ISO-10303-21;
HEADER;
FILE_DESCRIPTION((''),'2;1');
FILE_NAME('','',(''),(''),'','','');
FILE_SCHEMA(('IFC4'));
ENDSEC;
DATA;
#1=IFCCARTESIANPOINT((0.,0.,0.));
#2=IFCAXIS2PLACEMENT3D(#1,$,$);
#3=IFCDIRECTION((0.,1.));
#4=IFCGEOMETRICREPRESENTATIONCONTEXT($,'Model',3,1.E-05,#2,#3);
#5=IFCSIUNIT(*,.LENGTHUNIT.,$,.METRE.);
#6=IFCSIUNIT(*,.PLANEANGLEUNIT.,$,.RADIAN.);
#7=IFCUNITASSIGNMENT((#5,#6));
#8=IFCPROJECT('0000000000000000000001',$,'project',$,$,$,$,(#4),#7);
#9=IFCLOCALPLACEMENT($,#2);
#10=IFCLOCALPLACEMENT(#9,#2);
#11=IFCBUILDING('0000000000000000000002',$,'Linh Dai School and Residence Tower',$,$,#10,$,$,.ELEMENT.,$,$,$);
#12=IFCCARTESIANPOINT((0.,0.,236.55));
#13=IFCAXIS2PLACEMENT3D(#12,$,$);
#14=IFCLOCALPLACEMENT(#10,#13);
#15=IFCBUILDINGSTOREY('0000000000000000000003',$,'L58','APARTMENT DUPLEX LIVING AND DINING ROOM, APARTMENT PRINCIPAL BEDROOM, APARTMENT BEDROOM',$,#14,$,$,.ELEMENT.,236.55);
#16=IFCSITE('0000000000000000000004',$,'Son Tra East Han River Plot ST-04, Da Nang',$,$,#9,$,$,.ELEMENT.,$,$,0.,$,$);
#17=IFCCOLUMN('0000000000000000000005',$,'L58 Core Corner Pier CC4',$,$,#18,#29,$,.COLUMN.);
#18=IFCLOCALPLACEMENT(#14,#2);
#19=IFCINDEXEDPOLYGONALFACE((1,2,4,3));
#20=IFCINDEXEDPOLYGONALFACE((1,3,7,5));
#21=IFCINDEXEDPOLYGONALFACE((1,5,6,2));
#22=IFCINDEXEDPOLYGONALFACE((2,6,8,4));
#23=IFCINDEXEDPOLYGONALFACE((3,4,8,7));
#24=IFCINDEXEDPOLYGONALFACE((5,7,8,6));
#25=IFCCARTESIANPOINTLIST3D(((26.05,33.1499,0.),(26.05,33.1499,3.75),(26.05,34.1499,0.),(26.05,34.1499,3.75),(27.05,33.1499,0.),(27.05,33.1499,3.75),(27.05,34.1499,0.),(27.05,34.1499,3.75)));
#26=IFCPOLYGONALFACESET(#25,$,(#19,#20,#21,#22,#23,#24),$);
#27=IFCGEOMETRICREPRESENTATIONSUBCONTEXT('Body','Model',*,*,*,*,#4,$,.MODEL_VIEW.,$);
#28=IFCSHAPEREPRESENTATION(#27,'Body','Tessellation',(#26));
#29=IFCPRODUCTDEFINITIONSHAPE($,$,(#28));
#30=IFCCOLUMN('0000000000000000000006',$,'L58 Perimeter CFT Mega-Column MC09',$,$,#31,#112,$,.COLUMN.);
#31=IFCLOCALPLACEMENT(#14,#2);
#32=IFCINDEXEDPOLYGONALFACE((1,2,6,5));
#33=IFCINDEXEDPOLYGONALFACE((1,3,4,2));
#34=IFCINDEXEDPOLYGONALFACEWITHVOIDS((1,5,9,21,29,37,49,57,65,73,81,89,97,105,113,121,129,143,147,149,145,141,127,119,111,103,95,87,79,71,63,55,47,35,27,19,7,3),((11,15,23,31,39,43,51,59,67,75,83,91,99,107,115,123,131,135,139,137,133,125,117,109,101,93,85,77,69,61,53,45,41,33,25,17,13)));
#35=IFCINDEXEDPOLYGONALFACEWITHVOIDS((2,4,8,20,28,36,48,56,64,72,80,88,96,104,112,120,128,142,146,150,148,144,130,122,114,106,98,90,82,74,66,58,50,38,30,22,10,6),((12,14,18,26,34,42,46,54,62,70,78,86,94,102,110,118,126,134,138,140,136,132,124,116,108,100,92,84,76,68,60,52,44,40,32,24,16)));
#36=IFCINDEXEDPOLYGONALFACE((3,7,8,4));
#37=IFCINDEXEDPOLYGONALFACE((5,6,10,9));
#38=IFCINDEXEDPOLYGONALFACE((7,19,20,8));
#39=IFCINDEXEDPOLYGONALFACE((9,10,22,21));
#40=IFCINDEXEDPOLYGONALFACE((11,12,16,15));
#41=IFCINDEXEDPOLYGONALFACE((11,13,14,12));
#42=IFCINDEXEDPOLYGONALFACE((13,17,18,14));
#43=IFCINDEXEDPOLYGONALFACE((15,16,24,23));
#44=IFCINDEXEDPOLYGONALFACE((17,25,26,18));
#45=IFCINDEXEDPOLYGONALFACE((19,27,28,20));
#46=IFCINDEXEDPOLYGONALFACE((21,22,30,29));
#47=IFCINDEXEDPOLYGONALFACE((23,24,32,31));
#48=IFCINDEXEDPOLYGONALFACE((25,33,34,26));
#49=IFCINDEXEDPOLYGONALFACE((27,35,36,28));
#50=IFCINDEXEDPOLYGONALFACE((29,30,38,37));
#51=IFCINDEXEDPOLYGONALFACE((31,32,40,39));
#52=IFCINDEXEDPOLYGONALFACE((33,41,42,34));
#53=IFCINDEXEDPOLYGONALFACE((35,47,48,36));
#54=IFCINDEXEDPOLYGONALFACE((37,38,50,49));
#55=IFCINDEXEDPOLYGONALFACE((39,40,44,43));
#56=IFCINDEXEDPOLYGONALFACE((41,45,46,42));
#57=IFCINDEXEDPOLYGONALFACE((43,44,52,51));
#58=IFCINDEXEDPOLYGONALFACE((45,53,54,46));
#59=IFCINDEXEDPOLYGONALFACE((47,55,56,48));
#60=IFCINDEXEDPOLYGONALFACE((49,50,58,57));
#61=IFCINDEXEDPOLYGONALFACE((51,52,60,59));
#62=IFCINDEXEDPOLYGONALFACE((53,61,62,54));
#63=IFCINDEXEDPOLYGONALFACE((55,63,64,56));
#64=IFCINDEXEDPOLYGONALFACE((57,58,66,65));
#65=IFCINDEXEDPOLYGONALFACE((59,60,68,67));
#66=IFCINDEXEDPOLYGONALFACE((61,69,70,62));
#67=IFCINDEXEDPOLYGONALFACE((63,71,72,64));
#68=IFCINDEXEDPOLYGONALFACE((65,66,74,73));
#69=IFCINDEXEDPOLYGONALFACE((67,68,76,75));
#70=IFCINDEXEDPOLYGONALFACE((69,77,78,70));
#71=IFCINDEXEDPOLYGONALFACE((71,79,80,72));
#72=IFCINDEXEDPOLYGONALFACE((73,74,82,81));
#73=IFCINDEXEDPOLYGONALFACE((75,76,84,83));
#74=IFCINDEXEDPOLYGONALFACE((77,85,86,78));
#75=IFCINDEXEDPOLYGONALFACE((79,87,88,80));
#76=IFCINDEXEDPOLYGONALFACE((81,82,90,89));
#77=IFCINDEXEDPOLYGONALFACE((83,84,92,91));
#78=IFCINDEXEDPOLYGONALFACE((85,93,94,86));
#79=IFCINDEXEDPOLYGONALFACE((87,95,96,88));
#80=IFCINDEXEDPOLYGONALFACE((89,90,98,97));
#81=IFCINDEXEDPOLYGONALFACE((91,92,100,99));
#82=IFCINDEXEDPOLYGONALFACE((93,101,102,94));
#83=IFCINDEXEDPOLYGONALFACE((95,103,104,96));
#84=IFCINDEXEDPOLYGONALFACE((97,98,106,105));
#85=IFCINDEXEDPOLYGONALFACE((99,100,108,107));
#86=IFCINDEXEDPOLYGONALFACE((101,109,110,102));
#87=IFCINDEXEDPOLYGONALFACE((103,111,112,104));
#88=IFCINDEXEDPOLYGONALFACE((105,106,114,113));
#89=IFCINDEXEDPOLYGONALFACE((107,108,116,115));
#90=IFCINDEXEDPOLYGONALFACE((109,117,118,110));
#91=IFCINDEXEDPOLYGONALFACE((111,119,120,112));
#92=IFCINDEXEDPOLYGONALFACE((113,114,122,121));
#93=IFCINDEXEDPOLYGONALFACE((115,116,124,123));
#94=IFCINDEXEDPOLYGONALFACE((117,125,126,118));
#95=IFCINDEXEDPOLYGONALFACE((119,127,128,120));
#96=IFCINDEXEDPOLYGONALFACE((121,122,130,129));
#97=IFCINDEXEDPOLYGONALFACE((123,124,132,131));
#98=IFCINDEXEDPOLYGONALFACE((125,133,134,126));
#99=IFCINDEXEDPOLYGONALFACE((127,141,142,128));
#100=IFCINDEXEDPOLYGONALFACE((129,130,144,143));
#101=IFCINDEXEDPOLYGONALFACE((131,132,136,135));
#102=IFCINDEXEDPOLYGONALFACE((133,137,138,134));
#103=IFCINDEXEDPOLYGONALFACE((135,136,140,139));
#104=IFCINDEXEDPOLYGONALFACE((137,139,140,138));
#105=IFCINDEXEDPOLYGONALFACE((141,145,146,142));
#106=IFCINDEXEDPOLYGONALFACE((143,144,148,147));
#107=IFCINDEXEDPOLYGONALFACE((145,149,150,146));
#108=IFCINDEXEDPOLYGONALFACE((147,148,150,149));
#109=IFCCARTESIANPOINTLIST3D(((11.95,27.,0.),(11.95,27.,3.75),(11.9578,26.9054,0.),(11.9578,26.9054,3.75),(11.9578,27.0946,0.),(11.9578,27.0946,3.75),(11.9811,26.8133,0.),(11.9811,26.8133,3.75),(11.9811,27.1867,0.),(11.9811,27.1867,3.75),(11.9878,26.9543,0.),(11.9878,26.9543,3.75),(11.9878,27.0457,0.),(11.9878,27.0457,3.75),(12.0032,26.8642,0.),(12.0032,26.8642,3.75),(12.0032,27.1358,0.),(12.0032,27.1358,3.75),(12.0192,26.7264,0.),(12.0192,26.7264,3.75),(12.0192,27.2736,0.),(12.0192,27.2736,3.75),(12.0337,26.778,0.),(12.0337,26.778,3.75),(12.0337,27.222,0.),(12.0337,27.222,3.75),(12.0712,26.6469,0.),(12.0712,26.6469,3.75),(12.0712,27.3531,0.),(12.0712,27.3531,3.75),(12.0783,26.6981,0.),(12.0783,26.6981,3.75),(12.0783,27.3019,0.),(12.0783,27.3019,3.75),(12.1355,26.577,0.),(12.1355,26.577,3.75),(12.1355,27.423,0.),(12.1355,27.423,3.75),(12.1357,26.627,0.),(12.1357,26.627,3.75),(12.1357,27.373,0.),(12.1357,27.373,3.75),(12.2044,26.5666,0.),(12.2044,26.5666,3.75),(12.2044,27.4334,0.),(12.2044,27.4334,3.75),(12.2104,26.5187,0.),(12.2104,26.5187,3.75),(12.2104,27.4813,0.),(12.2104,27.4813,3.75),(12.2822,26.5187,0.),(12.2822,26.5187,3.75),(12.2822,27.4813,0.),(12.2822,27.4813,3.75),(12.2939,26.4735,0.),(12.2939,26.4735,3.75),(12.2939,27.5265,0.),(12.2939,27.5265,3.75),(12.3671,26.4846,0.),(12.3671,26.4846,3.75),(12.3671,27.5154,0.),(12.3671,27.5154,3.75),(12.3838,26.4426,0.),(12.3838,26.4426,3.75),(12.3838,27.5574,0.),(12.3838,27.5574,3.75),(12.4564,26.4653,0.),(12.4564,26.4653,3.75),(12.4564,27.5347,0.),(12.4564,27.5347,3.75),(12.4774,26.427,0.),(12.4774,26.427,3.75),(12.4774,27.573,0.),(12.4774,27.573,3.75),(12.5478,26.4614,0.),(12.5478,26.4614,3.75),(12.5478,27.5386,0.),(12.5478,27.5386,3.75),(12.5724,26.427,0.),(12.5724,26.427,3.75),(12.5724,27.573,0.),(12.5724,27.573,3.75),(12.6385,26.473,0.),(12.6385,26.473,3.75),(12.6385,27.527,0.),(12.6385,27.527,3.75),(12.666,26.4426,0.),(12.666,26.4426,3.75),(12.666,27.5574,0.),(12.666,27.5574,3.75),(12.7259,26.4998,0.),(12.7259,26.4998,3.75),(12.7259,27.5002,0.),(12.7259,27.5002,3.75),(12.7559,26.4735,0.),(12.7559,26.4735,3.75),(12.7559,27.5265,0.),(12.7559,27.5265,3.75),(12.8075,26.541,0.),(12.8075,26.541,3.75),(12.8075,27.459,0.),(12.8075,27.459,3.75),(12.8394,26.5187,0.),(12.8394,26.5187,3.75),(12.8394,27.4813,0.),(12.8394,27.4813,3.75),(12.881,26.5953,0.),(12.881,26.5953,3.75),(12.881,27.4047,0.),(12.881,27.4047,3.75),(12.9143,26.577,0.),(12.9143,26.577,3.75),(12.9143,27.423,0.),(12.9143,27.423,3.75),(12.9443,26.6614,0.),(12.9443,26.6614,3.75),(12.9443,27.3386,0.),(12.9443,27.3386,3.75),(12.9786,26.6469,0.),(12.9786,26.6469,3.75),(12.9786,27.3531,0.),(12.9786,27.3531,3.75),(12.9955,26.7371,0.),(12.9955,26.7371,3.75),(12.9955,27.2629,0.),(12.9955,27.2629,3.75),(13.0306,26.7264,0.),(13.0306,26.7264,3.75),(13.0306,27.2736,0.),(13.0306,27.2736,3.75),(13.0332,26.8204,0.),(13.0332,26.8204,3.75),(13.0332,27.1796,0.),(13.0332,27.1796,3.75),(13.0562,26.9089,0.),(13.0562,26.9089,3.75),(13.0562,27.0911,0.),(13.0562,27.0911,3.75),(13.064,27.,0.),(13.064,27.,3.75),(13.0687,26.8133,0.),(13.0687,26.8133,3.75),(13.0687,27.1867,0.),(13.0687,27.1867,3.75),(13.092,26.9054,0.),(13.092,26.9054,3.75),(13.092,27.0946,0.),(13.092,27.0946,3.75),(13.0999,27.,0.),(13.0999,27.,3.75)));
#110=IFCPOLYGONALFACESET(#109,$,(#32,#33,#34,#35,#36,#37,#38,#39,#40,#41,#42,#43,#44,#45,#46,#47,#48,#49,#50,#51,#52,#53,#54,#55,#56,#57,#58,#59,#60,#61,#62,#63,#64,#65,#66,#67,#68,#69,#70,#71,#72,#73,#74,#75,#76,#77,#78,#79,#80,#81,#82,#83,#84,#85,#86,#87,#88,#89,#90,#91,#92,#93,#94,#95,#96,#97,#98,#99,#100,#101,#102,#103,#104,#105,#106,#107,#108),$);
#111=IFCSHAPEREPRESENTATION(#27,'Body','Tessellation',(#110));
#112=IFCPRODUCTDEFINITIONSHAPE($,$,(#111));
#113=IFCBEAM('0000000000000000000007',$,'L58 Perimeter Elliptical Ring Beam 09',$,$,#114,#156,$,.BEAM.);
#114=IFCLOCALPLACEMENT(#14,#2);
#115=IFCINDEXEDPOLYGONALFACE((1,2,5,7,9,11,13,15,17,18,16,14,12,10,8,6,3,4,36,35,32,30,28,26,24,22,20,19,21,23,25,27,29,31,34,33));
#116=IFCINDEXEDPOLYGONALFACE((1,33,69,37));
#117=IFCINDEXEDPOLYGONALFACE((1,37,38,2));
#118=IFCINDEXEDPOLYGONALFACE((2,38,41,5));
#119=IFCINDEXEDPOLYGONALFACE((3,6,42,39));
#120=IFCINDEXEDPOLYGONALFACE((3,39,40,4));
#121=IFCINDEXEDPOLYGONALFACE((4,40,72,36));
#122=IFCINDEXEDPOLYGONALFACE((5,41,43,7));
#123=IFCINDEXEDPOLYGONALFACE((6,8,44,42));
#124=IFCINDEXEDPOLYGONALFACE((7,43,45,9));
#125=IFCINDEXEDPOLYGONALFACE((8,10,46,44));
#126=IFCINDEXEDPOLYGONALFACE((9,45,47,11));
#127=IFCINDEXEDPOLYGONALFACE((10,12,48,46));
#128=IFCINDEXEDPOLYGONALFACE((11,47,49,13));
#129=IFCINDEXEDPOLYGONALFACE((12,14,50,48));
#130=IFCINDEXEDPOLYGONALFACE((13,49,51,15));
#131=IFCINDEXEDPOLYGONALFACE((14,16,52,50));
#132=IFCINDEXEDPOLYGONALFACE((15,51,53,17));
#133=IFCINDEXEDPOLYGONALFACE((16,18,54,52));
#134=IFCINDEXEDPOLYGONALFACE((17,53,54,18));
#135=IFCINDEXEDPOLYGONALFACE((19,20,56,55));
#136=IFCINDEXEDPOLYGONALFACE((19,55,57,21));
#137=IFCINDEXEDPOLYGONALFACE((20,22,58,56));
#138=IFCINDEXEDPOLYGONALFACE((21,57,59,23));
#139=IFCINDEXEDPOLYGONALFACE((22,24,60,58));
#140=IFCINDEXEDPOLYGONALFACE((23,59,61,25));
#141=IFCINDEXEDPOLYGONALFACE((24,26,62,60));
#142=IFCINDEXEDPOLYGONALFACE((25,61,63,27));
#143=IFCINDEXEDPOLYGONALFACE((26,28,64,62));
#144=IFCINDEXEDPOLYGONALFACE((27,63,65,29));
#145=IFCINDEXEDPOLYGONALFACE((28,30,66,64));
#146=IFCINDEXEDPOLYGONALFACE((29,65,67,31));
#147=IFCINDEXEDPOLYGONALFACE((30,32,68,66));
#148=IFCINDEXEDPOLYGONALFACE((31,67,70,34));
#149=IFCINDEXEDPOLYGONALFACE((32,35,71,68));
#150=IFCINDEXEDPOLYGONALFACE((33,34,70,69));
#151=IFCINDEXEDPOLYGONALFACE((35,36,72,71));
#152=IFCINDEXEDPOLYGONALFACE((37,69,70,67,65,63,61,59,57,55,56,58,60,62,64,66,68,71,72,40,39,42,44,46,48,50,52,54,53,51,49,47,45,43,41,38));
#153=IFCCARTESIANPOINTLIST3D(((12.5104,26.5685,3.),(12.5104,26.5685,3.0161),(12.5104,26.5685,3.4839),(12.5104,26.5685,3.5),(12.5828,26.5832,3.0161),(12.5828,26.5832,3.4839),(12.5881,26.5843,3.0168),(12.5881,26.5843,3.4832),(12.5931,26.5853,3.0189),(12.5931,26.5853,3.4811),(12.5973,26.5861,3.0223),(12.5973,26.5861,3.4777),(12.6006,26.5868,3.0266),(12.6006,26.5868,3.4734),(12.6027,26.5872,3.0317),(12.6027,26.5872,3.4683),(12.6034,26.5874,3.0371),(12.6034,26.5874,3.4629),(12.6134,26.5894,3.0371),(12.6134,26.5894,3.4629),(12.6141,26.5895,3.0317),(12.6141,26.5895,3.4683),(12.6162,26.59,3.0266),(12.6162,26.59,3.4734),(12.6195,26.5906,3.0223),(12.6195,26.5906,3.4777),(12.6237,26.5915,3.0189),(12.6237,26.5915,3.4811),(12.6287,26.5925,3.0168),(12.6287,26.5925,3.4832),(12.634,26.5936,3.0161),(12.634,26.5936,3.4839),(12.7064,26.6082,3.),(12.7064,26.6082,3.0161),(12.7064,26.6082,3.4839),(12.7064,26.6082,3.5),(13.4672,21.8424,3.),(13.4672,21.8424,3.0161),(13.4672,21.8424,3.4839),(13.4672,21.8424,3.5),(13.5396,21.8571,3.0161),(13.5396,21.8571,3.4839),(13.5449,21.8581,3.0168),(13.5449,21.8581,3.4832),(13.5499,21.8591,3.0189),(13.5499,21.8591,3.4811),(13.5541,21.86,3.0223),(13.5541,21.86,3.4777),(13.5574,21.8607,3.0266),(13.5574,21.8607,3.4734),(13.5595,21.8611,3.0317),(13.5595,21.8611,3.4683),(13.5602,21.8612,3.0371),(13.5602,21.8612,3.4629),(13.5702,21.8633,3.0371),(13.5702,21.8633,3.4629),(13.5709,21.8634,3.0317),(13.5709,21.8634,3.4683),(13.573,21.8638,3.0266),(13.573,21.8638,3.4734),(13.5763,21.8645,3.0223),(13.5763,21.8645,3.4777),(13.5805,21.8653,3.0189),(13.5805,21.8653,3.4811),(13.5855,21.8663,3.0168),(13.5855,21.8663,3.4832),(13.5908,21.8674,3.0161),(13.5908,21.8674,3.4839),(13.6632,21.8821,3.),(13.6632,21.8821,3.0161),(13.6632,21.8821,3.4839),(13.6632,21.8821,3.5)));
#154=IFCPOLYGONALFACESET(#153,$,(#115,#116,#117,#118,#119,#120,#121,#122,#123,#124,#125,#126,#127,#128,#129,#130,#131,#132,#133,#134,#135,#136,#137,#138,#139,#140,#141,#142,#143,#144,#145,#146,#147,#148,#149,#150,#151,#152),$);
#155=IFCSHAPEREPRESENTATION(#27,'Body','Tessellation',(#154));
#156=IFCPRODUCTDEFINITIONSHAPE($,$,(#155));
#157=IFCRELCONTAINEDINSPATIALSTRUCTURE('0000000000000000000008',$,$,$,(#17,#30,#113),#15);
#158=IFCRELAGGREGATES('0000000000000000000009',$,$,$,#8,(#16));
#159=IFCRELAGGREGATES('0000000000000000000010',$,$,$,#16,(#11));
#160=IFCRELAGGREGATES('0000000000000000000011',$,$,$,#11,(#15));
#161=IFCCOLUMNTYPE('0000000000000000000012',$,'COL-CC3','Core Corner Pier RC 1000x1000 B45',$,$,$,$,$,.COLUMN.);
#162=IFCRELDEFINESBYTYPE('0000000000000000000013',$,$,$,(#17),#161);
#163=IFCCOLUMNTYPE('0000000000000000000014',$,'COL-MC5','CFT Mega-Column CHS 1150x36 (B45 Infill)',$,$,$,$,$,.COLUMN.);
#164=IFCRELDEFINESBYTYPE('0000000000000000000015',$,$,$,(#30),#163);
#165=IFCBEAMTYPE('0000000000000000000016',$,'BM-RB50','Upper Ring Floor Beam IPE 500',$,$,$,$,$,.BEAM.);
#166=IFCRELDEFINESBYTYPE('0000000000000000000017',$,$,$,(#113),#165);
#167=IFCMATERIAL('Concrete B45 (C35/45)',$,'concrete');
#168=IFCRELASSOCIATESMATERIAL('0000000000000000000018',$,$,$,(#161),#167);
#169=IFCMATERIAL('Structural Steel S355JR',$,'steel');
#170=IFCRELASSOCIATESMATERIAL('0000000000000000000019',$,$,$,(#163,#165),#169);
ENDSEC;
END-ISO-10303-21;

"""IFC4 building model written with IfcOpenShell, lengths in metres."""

from ifc_helpers import new_model, si_unit, direction, frame, origin, origin_2d, place, context, subcontext, project, spatial, rectangle, hollow_circle, i_section, extrude, material, material_profile, profile_set, type_object, element, save


model = new_model("IFC4")

# Units and contexts
model_context = context("Model", 3, precision=1e-05, world=origin(), true_north=direction((0.0, 1.0)))
body_context = subcontext(model_context, "Body", "Model", "MODEL_VIEW")
ifc_project = project(units=[si_unit("LENGTHUNIT", "METRE"), si_unit("PLANEANGLEUNIT", "RADIAN")], contexts=[model_context])

# Site, building, storey
site_placement = place(None, origin())
site = spatial("IfcSite", under=ifc_project, at=site_placement, Name="Son Tra East Han River Plot ST-04, Da Nang", CompositionType="ELEMENT", RefElevation=0.0)
building_placement = place(site_placement, origin())
building = spatial("IfcBuilding", under=site, at=building_placement, Name="Linh Dai School and Residence Tower", CompositionType="ELEMENT")
storey_placement = place(building_placement, frame((0.0, 0.0, 236.55)))
storey = spatial("IfcBuildingStorey", under=building, at=storey_placement, Name="L58", Description="APARTMENT DUPLEX LIVING AND DINING ROOM, APARTMENT PRINCIPAL BEDROOM, APARTMENT BEDROOM", CompositionType="ELEMENT", Elevation=236.55)

# Columns
ifc_material_1 = material(Name="Concrete B45 (C35/45)", Category="concrete")
ifc_material_profile_1 = material_profile(ifc_material_1, rectangle(XDim=1.0, YDim=1.0, at=origin_2d()), Name="RC 1000x1000")
ifc_profile_set_1 = profile_set([ifc_material_profile_1], Name="Concrete B45 (C35/45)")
column_type_1 = type_object("IfcColumnType", Name="COL-CC3", Description="Core Corner Pier RC 1000x1000 B45", PredefinedType="COLUMN", material=ifc_profile_set_1)
column_1_placement = place(storey_placement, frame((26.55, 33.6499, 0.0), z_axis=(0.0, 0.0, 1.0), x_axis=(1.0, 0.0, 0.0)))
element("IfcColumn", 1, at=column_1_placement, inside=storey, type_object=column_type_1, Name="L58 Core Corner Pier CC4", PredefinedType="COLUMN", context=body_context, shape_type="SweptSolid", body=[
    extrude(rectangle(XDim=1.0, YDim=1.0, at=origin_2d()), origin(), (0.0, 0.0, 1.0), 3.75),
])
ifc_material_2 = material(Name="Structural Steel S355JR", Category="steel")
ifc_material_profile_2 = material_profile(ifc_material_2, hollow_circle(Radius=0.575, WallThickness=0.0359, at=origin_2d()), Name="CHS 1150x36")
ifc_profile_set_2 = profile_set([ifc_material_profile_2], Name="Structural Steel S355JR")
column_type_2 = type_object("IfcColumnType", Name="COL-MC5", Description="CFT Mega-Column CHS 1150x36 (B45 Infill)", PredefinedType="COLUMN", material=ifc_profile_set_2)
column_2_placement = place(storey_placement, frame((12.5249, 27.0, 0.0), z_axis=(0.0, 0.0, 1.0), x_axis=(1.0, 0.0, 0.0)))
element("IfcColumn", 2, at=column_2_placement, inside=storey, type_object=column_type_2, Name="L58 Perimeter CFT Mega-Column MC09", PredefinedType="COLUMN", context=body_context, shape_type="SweptSolid", body=[
    extrude(hollow_circle(Radius=0.575, WallThickness=0.0359, at=origin_2d()), origin(), (0.0, 0.0, 1.0), 3.75),
])

# Beam
ifc_material_profile_3 = material_profile(ifc_material_2, i_section(OverallWidth=0.2, OverallDepth=0.5, WebThickness=0.0103, FlangeThickness=0.0161, FilletRadius=0.021, at=origin_2d()), Name="IPE 500")
ifc_profile_set_3 = profile_set([ifc_material_profile_3], Name="Structural Steel S355JR")
beam_type_1 = type_object("IfcBeamType", Name="BM-RB50", Description="Upper Ring Floor Beam IPE 500", PredefinedType="BEAM", material=ifc_profile_set_3)
beam_1_placement = place(storey_placement, frame((12.6084, 26.5884, 3.25), z_axis=(0.198423, -0.980116, 0.0), x_axis=(0.980116, 0.198423, 0.0)))
element("IfcBeam", 3, at=beam_1_placement, inside=storey, type_object=beam_type_1, Name="L58 Perimeter Elliptical Ring Beam 09", PredefinedType="BEAM", context=body_context, shape_type="SweptSolid", body=[
    extrude(i_section(OverallWidth=0.2, OverallDepth=0.5, WebThickness=0.0103, FlangeThickness=0.0161, FilletRadius=0.021, at=origin_2d()), origin(), (0.0, 0.0, 1.0), 4.822),
])

save(model, "model.ifc")
